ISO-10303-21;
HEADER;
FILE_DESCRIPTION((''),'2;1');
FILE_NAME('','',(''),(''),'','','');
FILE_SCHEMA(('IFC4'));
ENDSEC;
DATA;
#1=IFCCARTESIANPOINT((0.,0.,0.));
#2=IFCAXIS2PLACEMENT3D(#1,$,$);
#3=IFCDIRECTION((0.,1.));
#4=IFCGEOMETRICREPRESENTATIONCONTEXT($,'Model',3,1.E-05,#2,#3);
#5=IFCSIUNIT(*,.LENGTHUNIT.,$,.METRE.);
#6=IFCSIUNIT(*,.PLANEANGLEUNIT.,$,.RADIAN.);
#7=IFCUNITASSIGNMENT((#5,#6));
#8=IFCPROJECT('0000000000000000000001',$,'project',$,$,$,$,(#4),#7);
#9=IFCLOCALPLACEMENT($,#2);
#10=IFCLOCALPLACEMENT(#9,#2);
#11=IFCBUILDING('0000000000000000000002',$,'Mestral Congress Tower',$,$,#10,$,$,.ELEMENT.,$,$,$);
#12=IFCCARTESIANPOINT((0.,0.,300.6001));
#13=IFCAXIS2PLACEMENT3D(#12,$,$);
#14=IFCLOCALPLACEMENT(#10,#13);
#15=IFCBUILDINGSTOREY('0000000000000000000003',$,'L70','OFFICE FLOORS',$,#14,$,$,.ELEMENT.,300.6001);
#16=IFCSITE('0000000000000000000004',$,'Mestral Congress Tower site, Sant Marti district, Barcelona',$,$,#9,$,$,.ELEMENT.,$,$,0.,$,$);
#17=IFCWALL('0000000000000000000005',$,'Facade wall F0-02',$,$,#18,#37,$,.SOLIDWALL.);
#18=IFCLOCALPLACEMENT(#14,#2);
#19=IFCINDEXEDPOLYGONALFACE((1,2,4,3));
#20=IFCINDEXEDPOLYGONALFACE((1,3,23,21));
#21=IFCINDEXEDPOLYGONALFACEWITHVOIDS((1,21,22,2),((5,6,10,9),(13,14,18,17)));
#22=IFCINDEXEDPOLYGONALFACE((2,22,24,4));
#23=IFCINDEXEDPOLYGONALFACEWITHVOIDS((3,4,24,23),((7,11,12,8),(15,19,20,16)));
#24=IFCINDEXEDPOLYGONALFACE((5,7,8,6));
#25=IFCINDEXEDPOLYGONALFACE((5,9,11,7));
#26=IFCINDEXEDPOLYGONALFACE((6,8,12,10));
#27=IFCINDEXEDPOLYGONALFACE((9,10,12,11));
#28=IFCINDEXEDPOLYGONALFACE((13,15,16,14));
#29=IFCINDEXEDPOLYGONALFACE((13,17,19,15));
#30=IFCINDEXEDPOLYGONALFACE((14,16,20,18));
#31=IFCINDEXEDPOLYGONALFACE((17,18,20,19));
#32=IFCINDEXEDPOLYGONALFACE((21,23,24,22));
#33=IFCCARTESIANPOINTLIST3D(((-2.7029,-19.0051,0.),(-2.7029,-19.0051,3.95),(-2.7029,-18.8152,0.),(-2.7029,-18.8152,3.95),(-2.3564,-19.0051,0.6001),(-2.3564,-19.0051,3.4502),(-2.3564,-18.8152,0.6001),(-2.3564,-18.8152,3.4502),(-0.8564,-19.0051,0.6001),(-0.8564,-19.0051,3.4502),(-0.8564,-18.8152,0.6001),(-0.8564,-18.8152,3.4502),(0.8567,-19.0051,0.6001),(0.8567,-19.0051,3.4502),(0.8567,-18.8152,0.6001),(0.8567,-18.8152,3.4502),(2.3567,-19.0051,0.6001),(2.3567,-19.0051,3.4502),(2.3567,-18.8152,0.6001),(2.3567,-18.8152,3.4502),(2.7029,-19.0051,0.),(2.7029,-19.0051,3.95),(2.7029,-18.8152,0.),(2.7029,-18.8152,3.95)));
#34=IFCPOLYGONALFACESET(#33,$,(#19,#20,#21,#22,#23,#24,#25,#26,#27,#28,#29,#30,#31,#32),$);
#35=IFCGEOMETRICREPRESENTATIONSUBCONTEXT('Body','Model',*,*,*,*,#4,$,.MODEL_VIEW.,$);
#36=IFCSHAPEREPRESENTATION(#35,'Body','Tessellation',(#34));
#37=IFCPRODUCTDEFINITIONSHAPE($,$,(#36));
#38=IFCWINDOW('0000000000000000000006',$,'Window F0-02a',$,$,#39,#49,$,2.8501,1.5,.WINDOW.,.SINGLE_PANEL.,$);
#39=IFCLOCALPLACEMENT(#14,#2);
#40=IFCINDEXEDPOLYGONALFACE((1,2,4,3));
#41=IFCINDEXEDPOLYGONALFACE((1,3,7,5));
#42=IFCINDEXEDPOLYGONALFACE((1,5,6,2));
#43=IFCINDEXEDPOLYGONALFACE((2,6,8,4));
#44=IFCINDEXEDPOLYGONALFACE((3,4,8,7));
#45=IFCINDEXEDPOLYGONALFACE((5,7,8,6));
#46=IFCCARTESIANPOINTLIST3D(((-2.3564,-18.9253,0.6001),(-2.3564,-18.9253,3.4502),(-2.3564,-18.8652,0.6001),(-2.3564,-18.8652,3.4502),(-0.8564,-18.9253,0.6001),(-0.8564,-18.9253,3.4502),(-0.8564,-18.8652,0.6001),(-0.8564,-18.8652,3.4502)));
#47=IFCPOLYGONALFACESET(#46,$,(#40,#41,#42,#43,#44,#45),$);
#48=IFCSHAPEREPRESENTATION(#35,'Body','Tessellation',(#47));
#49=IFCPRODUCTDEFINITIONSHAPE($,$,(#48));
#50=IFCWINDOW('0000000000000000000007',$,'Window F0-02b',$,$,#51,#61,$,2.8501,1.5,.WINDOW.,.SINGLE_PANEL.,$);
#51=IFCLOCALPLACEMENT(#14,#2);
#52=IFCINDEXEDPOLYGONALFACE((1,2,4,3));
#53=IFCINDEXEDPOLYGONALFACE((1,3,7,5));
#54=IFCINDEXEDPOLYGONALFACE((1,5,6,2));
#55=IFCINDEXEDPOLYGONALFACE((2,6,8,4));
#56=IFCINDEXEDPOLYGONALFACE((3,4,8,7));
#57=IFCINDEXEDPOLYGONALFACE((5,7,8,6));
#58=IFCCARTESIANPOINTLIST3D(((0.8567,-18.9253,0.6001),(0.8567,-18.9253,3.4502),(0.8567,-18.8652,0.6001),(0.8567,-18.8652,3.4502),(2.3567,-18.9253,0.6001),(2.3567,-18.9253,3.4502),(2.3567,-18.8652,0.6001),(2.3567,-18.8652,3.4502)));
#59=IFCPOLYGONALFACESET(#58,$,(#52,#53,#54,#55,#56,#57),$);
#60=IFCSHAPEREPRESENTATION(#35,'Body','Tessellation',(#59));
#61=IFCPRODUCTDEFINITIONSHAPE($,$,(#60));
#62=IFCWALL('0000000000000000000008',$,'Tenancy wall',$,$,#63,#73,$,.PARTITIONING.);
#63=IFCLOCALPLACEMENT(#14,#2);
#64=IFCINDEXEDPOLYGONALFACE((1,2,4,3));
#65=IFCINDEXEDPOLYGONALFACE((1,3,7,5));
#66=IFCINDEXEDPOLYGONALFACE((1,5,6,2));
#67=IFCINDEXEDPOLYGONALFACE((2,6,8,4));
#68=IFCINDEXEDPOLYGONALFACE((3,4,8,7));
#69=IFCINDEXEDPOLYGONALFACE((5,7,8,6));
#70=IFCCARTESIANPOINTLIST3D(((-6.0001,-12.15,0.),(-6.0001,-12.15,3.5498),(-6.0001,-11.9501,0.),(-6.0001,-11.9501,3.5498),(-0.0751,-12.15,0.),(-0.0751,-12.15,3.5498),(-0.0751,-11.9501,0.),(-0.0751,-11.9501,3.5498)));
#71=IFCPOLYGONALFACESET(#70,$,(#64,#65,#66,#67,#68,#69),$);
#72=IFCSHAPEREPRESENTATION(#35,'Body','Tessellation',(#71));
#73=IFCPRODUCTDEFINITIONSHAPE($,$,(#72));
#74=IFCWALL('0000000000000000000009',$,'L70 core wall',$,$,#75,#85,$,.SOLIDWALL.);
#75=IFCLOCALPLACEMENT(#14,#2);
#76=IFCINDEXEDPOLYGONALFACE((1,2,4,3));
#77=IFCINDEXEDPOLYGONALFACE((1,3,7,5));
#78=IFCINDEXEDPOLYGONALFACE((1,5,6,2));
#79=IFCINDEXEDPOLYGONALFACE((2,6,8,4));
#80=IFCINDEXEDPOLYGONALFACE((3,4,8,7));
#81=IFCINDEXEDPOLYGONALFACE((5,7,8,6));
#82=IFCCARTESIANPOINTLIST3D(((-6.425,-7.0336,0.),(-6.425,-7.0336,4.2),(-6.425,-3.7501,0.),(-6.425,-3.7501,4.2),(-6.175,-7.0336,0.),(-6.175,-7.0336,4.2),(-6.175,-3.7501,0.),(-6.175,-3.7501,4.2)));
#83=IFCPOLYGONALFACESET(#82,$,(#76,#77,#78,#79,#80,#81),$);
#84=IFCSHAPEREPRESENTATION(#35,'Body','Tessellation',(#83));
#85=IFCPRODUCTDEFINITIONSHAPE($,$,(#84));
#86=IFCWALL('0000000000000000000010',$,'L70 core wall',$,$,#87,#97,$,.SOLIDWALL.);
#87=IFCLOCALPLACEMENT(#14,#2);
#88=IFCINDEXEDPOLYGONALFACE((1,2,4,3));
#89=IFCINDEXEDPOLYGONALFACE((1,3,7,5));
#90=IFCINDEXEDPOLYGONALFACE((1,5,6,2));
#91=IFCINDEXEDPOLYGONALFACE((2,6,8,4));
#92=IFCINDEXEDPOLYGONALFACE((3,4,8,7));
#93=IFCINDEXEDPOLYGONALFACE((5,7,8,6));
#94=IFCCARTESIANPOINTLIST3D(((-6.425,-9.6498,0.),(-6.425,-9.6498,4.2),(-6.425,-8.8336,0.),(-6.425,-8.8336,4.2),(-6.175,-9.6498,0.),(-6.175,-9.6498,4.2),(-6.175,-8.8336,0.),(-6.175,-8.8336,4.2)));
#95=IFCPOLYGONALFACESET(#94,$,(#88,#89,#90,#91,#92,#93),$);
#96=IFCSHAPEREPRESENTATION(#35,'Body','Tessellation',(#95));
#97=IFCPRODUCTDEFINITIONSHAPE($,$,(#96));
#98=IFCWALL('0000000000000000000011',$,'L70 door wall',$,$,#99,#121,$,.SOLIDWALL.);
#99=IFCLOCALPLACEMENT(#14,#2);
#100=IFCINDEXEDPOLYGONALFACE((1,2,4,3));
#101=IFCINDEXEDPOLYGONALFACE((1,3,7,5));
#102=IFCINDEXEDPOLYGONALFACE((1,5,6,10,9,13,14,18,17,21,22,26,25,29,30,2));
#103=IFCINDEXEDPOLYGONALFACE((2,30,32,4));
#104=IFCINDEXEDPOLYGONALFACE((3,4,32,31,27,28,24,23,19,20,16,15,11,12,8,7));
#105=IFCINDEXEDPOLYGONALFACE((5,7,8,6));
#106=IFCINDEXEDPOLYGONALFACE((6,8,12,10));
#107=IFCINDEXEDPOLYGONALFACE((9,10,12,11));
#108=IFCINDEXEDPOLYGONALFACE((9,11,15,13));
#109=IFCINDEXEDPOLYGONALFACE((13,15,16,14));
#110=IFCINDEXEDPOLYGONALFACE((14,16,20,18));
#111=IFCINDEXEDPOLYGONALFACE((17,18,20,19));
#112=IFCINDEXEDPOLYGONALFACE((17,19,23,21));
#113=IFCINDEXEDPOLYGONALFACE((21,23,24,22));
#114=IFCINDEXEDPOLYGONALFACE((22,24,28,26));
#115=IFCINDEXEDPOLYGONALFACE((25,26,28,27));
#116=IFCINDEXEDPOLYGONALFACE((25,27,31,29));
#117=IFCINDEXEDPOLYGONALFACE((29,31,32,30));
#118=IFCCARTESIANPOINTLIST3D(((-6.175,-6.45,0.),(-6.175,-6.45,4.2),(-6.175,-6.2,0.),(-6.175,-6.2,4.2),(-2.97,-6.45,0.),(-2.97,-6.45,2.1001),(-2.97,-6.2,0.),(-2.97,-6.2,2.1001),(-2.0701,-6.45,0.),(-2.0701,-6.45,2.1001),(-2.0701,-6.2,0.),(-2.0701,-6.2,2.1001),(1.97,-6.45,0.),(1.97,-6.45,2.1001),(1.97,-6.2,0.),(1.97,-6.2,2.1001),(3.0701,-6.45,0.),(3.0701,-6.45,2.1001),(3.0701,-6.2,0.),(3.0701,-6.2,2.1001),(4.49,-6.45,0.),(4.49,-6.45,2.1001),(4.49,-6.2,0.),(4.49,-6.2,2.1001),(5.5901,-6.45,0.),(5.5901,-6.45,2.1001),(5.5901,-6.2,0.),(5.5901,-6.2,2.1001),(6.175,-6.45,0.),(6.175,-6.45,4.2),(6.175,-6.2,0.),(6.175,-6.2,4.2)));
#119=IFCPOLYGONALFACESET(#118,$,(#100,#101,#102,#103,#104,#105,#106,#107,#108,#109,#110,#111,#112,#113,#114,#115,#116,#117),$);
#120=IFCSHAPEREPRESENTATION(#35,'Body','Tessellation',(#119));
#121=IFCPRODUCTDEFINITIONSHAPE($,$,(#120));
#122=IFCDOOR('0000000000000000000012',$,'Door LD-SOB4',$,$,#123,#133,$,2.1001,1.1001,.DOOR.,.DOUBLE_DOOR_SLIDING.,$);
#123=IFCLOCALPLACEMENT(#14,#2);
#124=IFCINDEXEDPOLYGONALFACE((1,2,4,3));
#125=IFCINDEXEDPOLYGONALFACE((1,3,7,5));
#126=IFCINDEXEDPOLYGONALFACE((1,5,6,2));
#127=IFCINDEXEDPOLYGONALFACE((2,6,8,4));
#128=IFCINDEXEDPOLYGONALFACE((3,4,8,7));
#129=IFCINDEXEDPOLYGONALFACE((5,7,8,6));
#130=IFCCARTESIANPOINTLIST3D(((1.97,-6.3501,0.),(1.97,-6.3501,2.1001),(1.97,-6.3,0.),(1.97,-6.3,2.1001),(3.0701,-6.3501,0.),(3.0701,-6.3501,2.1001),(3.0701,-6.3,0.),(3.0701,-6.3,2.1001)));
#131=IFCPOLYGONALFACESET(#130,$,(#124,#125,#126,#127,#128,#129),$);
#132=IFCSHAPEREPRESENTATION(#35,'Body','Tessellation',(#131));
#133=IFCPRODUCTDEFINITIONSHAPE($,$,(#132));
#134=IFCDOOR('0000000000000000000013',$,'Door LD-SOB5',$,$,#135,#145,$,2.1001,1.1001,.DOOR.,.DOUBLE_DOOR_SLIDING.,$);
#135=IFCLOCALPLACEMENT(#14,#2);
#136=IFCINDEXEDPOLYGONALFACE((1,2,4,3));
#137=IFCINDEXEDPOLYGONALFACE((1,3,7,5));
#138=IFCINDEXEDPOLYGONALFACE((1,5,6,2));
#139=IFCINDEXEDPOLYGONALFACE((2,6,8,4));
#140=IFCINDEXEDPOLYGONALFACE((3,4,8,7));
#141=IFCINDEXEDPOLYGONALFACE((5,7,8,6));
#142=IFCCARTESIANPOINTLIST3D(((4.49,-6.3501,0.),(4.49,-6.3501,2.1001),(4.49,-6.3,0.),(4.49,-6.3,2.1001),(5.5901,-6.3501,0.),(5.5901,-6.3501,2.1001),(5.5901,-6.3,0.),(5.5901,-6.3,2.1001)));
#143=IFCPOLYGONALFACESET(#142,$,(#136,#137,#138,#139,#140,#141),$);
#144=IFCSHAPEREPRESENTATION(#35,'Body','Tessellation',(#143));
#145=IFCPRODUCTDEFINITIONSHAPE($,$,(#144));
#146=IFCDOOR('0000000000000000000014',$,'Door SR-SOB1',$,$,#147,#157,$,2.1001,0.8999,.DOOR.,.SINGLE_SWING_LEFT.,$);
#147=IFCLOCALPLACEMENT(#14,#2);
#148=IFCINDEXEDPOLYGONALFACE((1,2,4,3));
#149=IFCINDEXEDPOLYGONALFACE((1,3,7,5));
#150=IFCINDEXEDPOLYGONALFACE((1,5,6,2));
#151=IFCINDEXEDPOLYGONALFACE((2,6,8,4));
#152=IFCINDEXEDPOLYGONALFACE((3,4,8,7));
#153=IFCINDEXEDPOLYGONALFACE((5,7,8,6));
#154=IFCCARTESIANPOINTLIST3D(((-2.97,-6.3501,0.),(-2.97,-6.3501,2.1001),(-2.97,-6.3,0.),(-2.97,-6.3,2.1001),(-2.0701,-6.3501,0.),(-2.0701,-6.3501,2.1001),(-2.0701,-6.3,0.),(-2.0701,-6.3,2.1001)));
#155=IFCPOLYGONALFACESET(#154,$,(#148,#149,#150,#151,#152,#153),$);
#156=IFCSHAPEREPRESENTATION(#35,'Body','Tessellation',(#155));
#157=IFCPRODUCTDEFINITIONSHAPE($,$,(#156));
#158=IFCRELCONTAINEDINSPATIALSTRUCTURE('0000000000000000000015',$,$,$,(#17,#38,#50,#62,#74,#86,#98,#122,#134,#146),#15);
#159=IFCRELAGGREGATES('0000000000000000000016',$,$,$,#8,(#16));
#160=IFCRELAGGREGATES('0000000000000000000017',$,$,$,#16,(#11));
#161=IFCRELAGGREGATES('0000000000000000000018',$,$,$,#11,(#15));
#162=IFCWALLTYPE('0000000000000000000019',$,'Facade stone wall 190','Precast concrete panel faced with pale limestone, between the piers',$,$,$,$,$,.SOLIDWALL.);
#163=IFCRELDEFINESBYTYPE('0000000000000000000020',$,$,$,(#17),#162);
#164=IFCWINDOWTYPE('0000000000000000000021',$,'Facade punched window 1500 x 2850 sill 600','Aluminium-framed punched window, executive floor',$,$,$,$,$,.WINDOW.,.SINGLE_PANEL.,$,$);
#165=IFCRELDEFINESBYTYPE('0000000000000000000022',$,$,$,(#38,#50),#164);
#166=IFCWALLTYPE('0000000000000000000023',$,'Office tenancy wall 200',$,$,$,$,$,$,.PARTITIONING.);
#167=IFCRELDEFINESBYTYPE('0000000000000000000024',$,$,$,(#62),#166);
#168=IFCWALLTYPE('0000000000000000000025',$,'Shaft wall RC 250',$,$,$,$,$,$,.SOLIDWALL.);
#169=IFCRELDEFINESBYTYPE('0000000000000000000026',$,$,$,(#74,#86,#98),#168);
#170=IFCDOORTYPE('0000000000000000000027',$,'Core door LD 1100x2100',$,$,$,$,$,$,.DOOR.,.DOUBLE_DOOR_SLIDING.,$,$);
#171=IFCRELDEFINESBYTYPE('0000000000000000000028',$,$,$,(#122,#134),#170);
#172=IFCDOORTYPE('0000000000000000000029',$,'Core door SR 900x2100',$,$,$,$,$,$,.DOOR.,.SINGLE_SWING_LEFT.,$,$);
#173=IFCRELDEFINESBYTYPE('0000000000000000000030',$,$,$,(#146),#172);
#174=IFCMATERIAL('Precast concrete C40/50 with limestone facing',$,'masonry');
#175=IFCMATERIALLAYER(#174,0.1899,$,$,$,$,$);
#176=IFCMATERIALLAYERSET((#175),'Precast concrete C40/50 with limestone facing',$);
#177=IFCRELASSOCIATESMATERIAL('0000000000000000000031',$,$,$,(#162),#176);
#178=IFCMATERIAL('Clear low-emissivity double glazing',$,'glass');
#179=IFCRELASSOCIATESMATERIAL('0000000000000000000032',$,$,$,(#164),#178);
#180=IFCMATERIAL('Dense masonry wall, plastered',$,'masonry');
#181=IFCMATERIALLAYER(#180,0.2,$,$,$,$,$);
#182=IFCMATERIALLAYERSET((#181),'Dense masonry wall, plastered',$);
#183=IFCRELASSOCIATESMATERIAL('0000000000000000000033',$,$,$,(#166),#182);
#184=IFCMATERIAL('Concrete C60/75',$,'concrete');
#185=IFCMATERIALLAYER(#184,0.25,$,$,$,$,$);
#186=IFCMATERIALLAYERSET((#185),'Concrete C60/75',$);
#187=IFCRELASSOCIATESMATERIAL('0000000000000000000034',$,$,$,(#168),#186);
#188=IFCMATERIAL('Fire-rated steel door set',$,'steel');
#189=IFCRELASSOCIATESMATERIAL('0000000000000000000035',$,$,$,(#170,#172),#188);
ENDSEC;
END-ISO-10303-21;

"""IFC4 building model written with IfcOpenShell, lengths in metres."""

from ifc_helpers import new_model, si_unit, direction, frame, frame_2d, origin, place, context, subcontext, project, spatial, rectangle, extrude, material, layer, layer_set, type_object, element, fill, save


model = new_model("IFC4")

# Units and contexts
model_context = context("Model", 3, precision=1e-05, world=origin(), true_north=direction((0.0, 1.0)))
body_context = subcontext(model_context, "Body", "Model", "MODEL_VIEW")
ifc_project = project(units=[si_unit("LENGTHUNIT", "METRE"), si_unit("PLANEANGLEUNIT", "RADIAN")], contexts=[model_context])

# Site, building, storey
site_placement = place(None, origin())
site = spatial("IfcSite", under=ifc_project, at=site_placement, Name="Mestral Congress Tower site, Sant Marti district, Barcelona", CompositionType="ELEMENT", RefElevation=0.0)
building_placement = place(site_placement, origin())
building = spatial("IfcBuilding", under=site, at=building_placement, Name="Mestral Congress Tower", CompositionType="ELEMENT")
storey_placement = place(building_placement, frame((0.0, 0.0, 300.6001)))
storey = spatial("IfcBuildingStorey", under=building, at=storey_placement, Name="L70", Description="OFFICE FLOORS", CompositionType="ELEMENT", Elevation=300.6001)

# Shared definitions
ifc_material_1 = material(Name="Concrete C60/75", Category="concrete")

# Wall, openings, windows
ifc_material_2 = material(Name="Precast concrete C40/50 with limestone facing", Category="masonry")
ifc_layer_1 = layer(ifc_material_2, 0.1899)
ifc_layer_set_1 = layer_set([ifc_layer_1], Name="Precast concrete C40/50 with limestone facing")
wall_type_1 = type_object("IfcWallType", Name="Facade stone wall 190", Description="Precast concrete panel faced with pale limestone, between the piers", PredefinedType="SOLIDWALL", material=ifc_layer_set_1)
ifc_material_3 = material(Name="Clear low-emissivity double glazing", Category="glass")
window_type = type_object("IfcWindowType", Name="Facade punched window 1500 x 2850 sill 600", Description="Aluminium-framed punched window, executive floor", PartitioningType="SINGLE_PANEL", PredefinedType="WINDOW", material=ifc_material_3)
wall_1_placement = place(storey_placement, frame((-2.7029, -18.9102, 0.0), z_axis=(0.0, 0.0, 1.0), x_axis=(1.0, 0.0, 0.0)))
wall_1 = element("IfcWall", 1, at=wall_1_placement, inside=storey, type_object=wall_type_1, Name="Facade wall F0-02", PredefinedType="SOLIDWALL", context=body_context, shape_type="SweptSolid", body=[
    extrude(rectangle(XDim=5.4058, YDim=0.1899, at=frame_2d((2.7029, 0.0))), origin(), (0.0, 0.0, 1.0), 3.95),
])
opening_1_placement = place(wall_1_placement, frame((0.3464, 0.0, 0.6001)))
opening_1 = element("IfcOpeningElement", 2, at=opening_1_placement, cuts=wall_1, PredefinedType="OPENING", context=body_context, shape_type="SweptSolid", body=[
    extrude(rectangle(XDim=1.5, YDim=2.8501, at=frame_2d((0.75, 1.425))), frame((0.0, 0.105, 0.0), z_axis=(0.0, -1.0, 0.0), x_axis=(1.0, 0.0, 0.0)), (0.0, 0.0, 1.0), 0.21),
])
opening_2_placement = place(wall_1_placement, frame((3.5596, 0.0, 0.6001)))
opening_2 = element("IfcOpeningElement", 3, at=opening_2_placement, cuts=wall_1, PredefinedType="OPENING", context=body_context, shape_type="SweptSolid", body=[
    extrude(rectangle(XDim=1.5, YDim=2.8501, at=frame_2d((0.75, 1.425))), frame((0.0, 0.105, 0.0), z_axis=(0.0, -1.0, 0.0), x_axis=(1.0, 0.0, 0.0)), (0.0, 0.0, 1.0), 0.21),
])
window_1_placement = place(opening_1_placement, origin())
window_1 = element("IfcWindow", 4, at=window_1_placement, inside=storey, type_object=window_type, Name="Window F0-02a", OverallHeight=2.8501, OverallWidth=1.5, PartitioningType="SINGLE_PANEL", PredefinedType="WINDOW", context=body_context, shape_type="SweptSolid", body=[
    extrude(rectangle(XDim=1.5, YDim=2.8501, at=frame_2d((0.75, 1.425))), frame((0.0, 0.0449, 0.0), z_axis=(0.0, -1.0, 0.0), x_axis=(1.0, 0.0, 0.0)), (0.0, 0.0, 1.0), 0.0601),
])
fill(opening_1, window_1)
window_2_placement = place(opening_2_placement, origin())
window_2 = element("IfcWindow", 5, at=window_2_placement, inside=storey, type_object=window_type, Name="Window F0-02b", OverallHeight=2.8501, OverallWidth=1.5, PartitioningType="SINGLE_PANEL", PredefinedType="WINDOW", context=body_context, shape_type="SweptSolid", body=[
    extrude(rectangle(XDim=1.5, YDim=2.8501, at=frame_2d((0.75, 1.425))), frame((0.0, 0.0449, 0.0), z_axis=(0.0, -1.0, 0.0), x_axis=(1.0, 0.0, 0.0)), (0.0, 0.0, 1.0), 0.0601),
])
fill(opening_2, window_2)

# Walls
ifc_material_4 = material(Name="Dense masonry wall, plastered", Category="masonry")
ifc_layer_2 = layer(ifc_material_4, 0.2)
ifc_layer_set_2 = layer_set([ifc_layer_2], Name="Dense masonry wall, plastered")
wall_type_2 = type_object("IfcWallType", Name="Office tenancy wall 200", PredefinedType="PARTITIONING", material=ifc_layer_set_2)
wall_2_placement = place(storey_placement, frame((-6.0, -12.05, 0.0), z_axis=(0.0, 0.0, 1.0), x_axis=(1.0, 0.0, 0.0)))
element("IfcWall", 6, at=wall_2_placement, inside=storey, type_object=wall_type_2, Name="Tenancy wall", PredefinedType="PARTITIONING", context=body_context, shape_type="SweptSolid", body=[
    extrude(rectangle(XDim=5.925, YDim=0.2, at=frame_2d((2.9624, 0.0))), origin(), (0.0, 0.0, 1.0), 3.5498),
])
ifc_layer_3 = layer(ifc_material_1, 0.25)
ifc_layer_set_3 = layer_set([ifc_layer_3], Name="Concrete C60/75")
wall_type_3 = type_object("IfcWallType", Name="Shaft wall RC 250", PredefinedType="SOLIDWALL", material=ifc_layer_set_3)
wall_3_placement = place(storey_placement, frame((-6.3, -7.0334, 0.0), z_axis=(0.0, 0.0, 1.0), x_axis=(0.0, 1.0, 0.0)))
element("IfcWall", 7, at=wall_3_placement, inside=storey, type_object=wall_type_3, Name="L70 core wall", PredefinedType="SOLIDWALL", context=body_context, shape_type="SweptSolid", body=[
    extrude(rectangle(XDim=3.2834, YDim=0.25, at=frame_2d((1.6416, 0.0))), origin(), (0.0, 0.0, 1.0), 4.2),
])
wall_4_placement = place(storey_placement, frame((-6.3, -9.6499, 0.0), z_axis=(0.0, 0.0, 1.0), x_axis=(0.0, 1.0, 0.0)))
element("IfcWall", 8, at=wall_4_placement, inside=storey, type_object=wall_type_3, Name="L70 core wall", PredefinedType="SOLIDWALL", context=body_context, shape_type="SweptSolid", body=[
    extrude(rectangle(XDim=0.8162, YDim=0.25, at=frame_2d((0.4082, 0.0))), origin(), (0.0, 0.0, 1.0), 4.2),
])

# Wall, openings, doors
wall_5_placement = place(storey_placement, frame((-6.175, -6.325, 0.0), z_axis=(0.0, 0.0, 1.0), x_axis=(1.0, 0.0, 0.0)))
wall_5 = element("IfcWall", 9, at=wall_5_placement, inside=storey, type_object=wall_type_3, Name="L70 door wall", PredefinedType="SOLIDWALL", context=body_context, shape_type="SweptSolid", body=[
    extrude(rectangle(XDim=12.3501, YDim=0.25, at=frame_2d((6.175, 0.0))), origin(), (0.0, 0.0, 1.0), 4.2),
])
opening_3_placement = place(wall_5_placement, frame((3.2051, 0.0, 0.0)))
opening_3 = element("IfcOpeningElement", 10, at=opening_3_placement, cuts=wall_5, PredefinedType="OPENING", context=body_context, shape_type="SweptSolid", body=[
    extrude(rectangle(XDim=0.8999, YDim=2.1001, at=frame_2d((0.45, 1.05))), frame((0.0, 0.135, 0.0), z_axis=(0.0, -1.0, 0.0), x_axis=(1.0, 0.0, 0.0)), (0.0, 0.0, 1.0), 0.27),
])
opening_4_placement = place(wall_5_placement, frame((8.145, 0.0, 0.0)))
opening_4 = element("IfcOpeningElement", 11, at=opening_4_placement, cuts=wall_5, PredefinedType="OPENING", context=body_context, shape_type="SweptSolid", body=[
    extrude(rectangle(XDim=1.1001, YDim=2.1001, at=frame_2d((0.55, 1.05))), frame((0.0, 0.135, 0.0), z_axis=(0.0, -1.0, 0.0), x_axis=(1.0, 0.0, 0.0)), (0.0, 0.0, 1.0), 0.27),
])
opening_5_placement = place(wall_5_placement, frame((10.665, 0.0, 0.0)))
opening_5 = element("IfcOpeningElement", 12, at=opening_5_placement, cuts=wall_5, PredefinedType="OPENING", context=body_context, shape_type="SweptSolid", body=[
    extrude(rectangle(XDim=1.1001, YDim=2.1001, at=frame_2d((0.55, 1.05))), frame((0.0, 0.135, 0.0), z_axis=(0.0, -1.0, 0.0), x_axis=(1.0, 0.0, 0.0)), (0.0, 0.0, 1.0), 0.27),
])
ifc_material_5 = material(Name="Fire-rated steel door set", Category="steel")
door_type_1 = type_object("IfcDoorType", Name="Core door LD 1100x2100", OperationType="DOUBLE_DOOR_SLIDING", PredefinedType="DOOR", material=ifc_material_5)
door_1_placement = place(opening_4_placement, origin())
door_1 = element("IfcDoor", 13, at=door_1_placement, inside=storey, type_object=door_type_1, Name="Door LD-SOB4", OperationType="DOUBLE_DOOR_SLIDING", OverallHeight=2.1001, OverallWidth=1.1001, PredefinedType="DOOR", context=body_context, shape_type="SweptSolid", body=[
    extrude(rectangle(XDim=1.1001, YDim=2.1001, at=frame_2d((0.55, 1.05))), frame((0.0, 0.0249, 0.0), z_axis=(0.0, -1.0, 0.0), x_axis=(1.0, 0.0, 0.0)), (0.0, 0.0, 1.0), 0.05),
])
fill(opening_4, door_1)
door_2_placement = place(opening_5_placement, origin())
door_2 = element("IfcDoor", 14, at=door_2_placement, inside=storey, type_object=door_type_1, Name="Door LD-SOB5", OperationType="DOUBLE_DOOR_SLIDING", OverallHeight=2.1001, OverallWidth=1.1001, PredefinedType="DOOR", context=body_context, shape_type="SweptSolid", body=[
    extrude(rectangle(XDim=1.1001, YDim=2.1001, at=frame_2d((0.55, 1.05))), frame((0.0, 0.0249, 0.0), z_axis=(0.0, -1.0, 0.0), x_axis=(1.0, 0.0, 0.0)), (0.0, 0.0, 1.0), 0.05),
])
fill(opening_5, door_2)
door_type_2 = type_object("IfcDoorType", Name="Core door SR 900x2100", OperationType="SINGLE_SWING_LEFT", PredefinedType="DOOR", material=ifc_material_5)
door_3_placement = place(opening_3_placement, origin())
door_3 = element("IfcDoor", 15, at=door_3_placement, inside=storey, type_object=door_type_2, Name="Door SR-SOB1", OperationType="SINGLE_SWING_LEFT", OverallHeight=2.1001, OverallWidth=0.8999, PredefinedType="DOOR", context=body_context, shape_type="SweptSolid", body=[
    extrude(rectangle(XDim=0.8999, YDim=2.1001, at=frame_2d((0.45, 1.05))), frame((0.0, 0.0249, 0.0), z_axis=(0.0, -1.0, 0.0), x_axis=(1.0, 0.0, 0.0)), (0.0, 0.0, 1.0), 0.05),
])
fill(opening_3, door_3)

save(model, "model.ifc")
